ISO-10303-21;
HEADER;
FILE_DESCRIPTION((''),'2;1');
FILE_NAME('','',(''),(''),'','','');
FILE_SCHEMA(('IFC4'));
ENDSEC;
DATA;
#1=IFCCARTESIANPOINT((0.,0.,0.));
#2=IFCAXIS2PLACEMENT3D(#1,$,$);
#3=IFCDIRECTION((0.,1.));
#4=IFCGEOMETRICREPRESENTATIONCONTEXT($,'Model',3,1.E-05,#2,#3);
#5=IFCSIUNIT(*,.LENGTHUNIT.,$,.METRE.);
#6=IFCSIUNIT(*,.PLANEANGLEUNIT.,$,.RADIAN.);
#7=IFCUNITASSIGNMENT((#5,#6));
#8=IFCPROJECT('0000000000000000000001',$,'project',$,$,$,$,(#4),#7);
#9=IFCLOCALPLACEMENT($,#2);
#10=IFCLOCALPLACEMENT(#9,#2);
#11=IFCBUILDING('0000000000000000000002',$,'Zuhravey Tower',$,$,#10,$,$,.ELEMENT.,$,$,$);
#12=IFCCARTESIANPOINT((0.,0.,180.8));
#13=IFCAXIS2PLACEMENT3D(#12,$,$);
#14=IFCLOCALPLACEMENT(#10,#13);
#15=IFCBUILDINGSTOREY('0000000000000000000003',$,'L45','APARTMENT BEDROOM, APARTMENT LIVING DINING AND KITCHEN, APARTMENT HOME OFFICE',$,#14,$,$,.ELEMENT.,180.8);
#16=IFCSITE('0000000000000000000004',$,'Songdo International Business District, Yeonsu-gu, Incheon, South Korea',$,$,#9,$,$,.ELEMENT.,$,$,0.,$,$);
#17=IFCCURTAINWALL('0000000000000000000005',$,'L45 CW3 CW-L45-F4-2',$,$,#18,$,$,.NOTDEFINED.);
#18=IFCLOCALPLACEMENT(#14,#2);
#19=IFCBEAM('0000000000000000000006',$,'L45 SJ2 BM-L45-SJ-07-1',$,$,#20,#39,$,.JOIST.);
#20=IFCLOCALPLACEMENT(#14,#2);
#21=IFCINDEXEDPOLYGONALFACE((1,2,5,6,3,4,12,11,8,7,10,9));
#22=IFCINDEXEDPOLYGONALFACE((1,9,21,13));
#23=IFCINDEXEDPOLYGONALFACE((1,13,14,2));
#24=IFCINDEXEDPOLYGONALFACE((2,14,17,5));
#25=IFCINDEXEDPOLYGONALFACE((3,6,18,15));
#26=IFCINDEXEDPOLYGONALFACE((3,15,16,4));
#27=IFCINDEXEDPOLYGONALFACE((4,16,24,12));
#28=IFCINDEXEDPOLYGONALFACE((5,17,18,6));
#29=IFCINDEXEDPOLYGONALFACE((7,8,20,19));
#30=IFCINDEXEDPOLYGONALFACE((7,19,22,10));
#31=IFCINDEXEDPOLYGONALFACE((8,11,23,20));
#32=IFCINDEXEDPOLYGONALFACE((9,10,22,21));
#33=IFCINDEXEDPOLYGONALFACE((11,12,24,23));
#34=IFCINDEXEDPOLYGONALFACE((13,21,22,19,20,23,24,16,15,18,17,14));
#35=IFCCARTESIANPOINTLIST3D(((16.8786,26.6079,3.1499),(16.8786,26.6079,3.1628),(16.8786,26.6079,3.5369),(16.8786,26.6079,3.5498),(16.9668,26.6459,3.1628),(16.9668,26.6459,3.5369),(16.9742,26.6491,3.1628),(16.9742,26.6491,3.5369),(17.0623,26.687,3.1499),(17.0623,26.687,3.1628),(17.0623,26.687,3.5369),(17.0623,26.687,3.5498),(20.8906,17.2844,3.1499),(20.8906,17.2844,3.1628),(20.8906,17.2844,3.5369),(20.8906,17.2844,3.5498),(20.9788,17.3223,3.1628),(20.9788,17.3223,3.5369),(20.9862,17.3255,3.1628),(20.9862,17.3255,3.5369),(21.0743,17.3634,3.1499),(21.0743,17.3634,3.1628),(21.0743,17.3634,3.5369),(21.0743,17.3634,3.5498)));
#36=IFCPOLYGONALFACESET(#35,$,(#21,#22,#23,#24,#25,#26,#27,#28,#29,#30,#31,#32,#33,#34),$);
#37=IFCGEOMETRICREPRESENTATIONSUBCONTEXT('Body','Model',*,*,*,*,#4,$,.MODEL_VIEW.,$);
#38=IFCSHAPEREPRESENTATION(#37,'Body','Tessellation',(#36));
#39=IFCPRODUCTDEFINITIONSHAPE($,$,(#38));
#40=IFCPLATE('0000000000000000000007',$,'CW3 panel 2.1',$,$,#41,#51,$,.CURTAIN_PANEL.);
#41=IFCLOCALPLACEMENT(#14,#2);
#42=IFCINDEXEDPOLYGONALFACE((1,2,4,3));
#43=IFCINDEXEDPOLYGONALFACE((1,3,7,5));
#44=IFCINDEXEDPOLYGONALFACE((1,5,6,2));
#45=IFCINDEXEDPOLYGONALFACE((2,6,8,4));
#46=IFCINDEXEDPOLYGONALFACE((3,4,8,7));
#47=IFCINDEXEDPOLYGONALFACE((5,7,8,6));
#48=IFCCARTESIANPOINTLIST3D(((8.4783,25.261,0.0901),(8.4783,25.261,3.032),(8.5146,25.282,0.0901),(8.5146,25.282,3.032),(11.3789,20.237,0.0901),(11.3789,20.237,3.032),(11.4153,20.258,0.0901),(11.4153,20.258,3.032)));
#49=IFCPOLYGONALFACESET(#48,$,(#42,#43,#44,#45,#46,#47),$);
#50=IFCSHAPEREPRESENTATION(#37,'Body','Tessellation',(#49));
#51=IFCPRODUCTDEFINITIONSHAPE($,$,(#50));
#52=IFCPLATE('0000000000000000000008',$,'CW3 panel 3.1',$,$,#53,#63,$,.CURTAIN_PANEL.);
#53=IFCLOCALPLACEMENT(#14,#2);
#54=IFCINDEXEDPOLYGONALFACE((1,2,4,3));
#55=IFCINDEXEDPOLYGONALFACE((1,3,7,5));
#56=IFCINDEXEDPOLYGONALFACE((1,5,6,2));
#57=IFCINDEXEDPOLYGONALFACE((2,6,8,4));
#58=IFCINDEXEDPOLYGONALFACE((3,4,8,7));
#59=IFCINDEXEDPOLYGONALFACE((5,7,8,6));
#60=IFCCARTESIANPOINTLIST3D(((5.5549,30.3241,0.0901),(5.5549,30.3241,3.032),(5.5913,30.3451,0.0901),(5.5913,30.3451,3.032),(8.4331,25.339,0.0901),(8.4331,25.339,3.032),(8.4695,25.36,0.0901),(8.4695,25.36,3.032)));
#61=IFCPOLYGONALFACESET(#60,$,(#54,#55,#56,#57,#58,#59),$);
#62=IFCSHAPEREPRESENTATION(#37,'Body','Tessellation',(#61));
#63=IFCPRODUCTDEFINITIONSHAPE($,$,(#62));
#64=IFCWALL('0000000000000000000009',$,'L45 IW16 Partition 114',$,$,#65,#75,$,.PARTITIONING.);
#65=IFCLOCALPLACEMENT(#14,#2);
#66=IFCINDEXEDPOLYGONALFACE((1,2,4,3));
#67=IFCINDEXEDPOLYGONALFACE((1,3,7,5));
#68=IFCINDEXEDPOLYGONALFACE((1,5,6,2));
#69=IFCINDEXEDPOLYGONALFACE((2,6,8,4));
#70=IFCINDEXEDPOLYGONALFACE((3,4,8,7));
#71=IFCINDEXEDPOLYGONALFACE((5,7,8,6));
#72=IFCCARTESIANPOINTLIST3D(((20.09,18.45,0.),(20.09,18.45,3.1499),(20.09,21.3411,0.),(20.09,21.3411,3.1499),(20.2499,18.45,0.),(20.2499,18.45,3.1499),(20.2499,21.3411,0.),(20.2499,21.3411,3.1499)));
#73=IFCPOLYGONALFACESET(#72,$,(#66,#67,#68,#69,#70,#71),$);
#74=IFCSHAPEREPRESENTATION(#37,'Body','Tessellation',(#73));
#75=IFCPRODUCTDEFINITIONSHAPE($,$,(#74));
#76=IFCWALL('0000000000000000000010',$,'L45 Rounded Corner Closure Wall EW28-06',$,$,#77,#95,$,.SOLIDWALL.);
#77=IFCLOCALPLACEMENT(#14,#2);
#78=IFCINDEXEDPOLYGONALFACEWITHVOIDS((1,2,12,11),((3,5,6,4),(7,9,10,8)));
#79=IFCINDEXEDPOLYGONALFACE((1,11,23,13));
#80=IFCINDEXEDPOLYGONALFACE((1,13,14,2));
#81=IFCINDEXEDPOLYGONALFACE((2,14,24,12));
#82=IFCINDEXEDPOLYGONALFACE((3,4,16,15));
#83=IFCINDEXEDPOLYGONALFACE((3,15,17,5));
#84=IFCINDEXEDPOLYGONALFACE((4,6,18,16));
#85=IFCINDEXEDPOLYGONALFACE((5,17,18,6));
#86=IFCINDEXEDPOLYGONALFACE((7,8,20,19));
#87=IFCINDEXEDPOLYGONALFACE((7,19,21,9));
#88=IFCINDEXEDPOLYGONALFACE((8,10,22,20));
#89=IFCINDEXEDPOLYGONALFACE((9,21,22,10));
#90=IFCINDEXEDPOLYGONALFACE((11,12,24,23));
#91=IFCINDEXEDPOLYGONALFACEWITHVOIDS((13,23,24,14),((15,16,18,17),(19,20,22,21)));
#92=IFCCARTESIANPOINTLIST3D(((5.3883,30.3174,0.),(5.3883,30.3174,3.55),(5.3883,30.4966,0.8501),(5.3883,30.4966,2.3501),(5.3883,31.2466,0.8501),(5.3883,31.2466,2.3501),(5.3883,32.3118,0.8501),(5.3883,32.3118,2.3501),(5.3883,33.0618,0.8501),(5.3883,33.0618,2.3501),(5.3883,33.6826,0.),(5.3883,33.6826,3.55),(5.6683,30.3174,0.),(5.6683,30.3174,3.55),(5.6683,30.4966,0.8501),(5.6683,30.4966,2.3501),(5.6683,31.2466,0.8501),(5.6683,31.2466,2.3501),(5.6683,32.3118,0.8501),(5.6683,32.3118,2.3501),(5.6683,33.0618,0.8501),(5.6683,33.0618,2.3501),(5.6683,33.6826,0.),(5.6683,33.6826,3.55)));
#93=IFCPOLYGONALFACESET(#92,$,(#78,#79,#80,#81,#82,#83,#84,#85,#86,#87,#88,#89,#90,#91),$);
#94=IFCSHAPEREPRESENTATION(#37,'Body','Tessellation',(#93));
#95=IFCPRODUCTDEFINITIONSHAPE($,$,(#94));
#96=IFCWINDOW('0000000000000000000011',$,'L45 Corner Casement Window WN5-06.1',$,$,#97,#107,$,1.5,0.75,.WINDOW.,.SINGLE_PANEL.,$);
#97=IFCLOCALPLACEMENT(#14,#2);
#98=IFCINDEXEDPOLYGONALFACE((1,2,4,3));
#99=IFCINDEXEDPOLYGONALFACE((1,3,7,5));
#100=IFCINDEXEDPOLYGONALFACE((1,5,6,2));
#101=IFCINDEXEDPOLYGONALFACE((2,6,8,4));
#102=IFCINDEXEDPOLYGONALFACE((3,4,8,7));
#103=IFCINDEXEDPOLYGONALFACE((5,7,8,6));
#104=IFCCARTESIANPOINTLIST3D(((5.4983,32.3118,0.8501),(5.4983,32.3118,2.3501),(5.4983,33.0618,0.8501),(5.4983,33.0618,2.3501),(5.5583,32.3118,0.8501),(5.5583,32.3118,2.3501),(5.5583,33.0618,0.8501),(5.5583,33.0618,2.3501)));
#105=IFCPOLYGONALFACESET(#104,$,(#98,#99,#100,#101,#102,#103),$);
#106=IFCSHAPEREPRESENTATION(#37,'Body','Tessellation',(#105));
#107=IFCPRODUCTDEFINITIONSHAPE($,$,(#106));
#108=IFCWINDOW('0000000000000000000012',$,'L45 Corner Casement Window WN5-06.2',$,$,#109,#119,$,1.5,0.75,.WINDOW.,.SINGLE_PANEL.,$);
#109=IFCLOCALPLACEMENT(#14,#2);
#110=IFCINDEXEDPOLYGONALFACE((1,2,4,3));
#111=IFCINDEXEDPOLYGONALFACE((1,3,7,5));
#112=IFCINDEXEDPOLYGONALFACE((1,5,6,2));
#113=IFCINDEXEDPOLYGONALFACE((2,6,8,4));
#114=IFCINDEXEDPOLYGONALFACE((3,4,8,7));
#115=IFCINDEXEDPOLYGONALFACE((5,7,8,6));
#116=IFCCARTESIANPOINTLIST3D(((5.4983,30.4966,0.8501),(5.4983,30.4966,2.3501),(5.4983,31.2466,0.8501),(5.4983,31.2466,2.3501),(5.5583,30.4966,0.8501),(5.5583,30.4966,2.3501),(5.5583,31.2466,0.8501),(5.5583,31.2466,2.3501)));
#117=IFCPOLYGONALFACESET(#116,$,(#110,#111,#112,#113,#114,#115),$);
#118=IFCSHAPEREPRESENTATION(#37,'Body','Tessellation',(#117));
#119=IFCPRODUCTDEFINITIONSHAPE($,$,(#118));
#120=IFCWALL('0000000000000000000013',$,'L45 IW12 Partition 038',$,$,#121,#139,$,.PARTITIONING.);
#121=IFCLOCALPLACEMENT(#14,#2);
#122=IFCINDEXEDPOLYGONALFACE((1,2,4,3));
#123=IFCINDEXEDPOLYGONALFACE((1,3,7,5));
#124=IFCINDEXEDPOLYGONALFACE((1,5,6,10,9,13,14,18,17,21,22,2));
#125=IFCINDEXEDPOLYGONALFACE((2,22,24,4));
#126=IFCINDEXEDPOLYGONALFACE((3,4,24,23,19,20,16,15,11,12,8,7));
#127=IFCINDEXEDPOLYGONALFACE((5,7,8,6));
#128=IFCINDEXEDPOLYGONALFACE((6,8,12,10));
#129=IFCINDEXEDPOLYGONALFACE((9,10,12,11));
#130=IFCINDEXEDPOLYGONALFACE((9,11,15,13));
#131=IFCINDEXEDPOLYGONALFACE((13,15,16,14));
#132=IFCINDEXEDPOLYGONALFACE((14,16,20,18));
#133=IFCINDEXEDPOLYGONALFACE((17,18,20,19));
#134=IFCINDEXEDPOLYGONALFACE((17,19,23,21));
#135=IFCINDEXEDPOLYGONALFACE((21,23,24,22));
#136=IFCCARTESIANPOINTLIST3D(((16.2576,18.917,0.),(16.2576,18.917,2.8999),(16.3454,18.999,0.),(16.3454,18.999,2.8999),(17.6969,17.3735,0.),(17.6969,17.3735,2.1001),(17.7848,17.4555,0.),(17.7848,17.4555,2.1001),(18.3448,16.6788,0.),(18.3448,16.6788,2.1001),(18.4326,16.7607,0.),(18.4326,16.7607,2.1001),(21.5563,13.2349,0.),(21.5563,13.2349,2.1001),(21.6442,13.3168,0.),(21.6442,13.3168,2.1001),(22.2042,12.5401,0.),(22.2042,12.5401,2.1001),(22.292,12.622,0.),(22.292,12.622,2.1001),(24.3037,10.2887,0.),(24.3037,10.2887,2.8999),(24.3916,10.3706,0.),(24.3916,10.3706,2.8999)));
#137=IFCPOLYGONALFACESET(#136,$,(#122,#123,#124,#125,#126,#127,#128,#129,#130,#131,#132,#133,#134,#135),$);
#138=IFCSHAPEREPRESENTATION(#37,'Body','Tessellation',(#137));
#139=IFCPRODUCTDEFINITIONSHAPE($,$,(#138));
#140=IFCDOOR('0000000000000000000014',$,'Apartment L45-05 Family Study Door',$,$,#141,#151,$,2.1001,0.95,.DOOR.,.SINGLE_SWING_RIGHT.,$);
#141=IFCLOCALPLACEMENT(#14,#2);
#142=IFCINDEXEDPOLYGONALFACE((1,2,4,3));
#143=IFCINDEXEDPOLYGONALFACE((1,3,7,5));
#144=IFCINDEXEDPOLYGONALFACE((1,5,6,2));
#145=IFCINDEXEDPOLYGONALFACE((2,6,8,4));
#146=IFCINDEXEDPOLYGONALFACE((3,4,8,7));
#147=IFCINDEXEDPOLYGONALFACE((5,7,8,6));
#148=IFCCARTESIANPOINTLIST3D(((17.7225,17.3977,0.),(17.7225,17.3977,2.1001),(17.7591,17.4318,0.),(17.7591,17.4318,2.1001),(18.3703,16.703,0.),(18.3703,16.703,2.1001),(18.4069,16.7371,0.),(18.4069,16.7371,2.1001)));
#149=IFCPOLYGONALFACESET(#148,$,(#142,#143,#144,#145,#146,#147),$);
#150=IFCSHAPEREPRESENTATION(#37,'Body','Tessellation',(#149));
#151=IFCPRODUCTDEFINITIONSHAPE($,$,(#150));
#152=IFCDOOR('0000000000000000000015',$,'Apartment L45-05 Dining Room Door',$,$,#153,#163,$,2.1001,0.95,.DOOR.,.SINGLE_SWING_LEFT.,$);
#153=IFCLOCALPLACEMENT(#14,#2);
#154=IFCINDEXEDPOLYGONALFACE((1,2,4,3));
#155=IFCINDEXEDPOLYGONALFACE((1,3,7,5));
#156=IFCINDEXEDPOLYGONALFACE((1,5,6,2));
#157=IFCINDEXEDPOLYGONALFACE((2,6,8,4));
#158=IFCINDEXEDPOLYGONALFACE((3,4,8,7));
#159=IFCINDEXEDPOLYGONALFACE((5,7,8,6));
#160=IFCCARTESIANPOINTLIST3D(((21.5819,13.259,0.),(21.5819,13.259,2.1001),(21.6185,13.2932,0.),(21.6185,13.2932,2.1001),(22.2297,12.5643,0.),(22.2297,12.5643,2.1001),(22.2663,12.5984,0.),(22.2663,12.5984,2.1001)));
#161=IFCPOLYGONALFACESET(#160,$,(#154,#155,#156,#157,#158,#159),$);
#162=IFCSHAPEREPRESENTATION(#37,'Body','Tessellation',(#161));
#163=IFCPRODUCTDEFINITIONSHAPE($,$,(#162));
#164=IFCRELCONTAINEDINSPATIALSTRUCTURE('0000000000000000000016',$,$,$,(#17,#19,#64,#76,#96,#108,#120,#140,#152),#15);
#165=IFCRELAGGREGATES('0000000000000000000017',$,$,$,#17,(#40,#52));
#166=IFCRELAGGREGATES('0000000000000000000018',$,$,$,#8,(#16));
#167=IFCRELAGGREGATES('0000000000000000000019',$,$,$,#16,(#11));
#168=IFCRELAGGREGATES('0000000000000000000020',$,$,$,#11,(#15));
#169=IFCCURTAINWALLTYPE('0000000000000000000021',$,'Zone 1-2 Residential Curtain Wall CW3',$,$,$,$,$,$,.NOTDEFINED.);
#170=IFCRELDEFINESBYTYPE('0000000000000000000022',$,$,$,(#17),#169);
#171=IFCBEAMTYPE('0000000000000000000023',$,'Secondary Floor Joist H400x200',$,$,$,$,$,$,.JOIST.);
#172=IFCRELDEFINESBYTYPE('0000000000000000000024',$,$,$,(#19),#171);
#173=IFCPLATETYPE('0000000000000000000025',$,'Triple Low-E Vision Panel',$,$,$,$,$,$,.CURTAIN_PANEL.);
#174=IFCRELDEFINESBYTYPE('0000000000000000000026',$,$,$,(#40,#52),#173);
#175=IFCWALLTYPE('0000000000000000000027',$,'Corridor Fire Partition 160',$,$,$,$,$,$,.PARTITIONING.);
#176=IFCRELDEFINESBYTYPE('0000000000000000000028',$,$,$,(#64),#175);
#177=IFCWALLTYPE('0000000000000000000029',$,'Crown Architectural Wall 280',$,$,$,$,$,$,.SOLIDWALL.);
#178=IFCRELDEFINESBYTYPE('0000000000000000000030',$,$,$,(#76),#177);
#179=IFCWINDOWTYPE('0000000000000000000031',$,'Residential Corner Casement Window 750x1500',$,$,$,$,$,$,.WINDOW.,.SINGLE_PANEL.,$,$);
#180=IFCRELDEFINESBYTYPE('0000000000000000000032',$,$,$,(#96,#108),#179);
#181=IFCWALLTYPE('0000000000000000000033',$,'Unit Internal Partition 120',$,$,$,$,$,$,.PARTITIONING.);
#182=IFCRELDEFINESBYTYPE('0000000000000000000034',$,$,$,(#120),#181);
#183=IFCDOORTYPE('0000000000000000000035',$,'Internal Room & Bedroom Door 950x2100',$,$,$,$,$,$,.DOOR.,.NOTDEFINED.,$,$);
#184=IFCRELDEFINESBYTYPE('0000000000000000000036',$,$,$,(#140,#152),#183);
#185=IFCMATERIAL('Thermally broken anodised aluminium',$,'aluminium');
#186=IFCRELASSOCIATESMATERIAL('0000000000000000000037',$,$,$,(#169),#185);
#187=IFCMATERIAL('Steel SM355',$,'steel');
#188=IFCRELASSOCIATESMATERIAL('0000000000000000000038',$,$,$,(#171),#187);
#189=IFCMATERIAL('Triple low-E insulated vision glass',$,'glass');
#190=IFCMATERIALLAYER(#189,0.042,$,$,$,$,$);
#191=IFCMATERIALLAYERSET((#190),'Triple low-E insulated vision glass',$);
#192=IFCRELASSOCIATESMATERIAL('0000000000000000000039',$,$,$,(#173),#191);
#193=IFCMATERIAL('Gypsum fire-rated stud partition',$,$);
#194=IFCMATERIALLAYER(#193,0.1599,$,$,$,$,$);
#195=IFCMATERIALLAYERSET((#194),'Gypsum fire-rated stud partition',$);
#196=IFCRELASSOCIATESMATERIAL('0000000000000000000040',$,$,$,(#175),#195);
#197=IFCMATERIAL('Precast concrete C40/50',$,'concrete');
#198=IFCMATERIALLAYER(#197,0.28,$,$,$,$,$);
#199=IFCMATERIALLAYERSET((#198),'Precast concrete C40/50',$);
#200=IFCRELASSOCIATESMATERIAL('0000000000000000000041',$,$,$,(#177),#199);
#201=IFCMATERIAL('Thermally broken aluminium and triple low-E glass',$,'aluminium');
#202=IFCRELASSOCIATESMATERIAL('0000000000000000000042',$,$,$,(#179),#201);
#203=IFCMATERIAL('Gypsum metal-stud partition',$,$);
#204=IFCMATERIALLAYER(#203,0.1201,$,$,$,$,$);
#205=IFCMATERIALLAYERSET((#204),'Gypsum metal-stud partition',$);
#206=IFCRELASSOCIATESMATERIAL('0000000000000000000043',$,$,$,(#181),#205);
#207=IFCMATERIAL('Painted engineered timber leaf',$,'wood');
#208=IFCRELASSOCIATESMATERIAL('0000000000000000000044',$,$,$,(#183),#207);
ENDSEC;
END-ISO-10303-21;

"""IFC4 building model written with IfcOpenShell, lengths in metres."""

from ifc_helpers import new_model, si_unit, direction, frame, frame_2d, origin, origin_2d, place, context, subcontext, project, spatial, rectangle, i_section, extrude, material, layer, layer_set, material_profile, profile_set, type_object, element, fill, aggregate, save


model = new_model("IFC4")

# Units and contexts
model_context = context("Model", 3, precision=1e-05, world=origin(), true_north=direction((0.0, 1.0)))
body_context = subcontext(model_context, "Body", "Model", "MODEL_VIEW")
ifc_project = project(units=[si_unit("LENGTHUNIT", "METRE"), si_unit("PLANEANGLEUNIT", "RADIAN")], contexts=[model_context])

# Site, building, storey
site_placement = place(None, origin())
site = spatial("IfcSite", under=ifc_project, at=site_placement, Name="Songdo International Business District, Yeonsu-gu, Incheon, South Korea", CompositionType="ELEMENT", RefElevation=0.0)
building_placement = place(site_placement, origin())
building = spatial("IfcBuilding", under=site, at=building_placement, Name="Zuhravey Tower", CompositionType="ELEMENT")
storey_placement = place(building_placement, frame((0.0, 0.0, 180.8)))
storey = spatial("IfcBuildingStorey", under=building, at=storey_placement, Name="L45", Description="APARTMENT BEDROOM, APARTMENT LIVING DINING AND KITCHEN, APARTMENT HOME OFFICE", CompositionType="ELEMENT", Elevation=180.8)

# Curtain wall
ifc_material_1 = material(Name="Thermally broken anodised aluminium", Category="aluminium")
curtain_wall_type = type_object("IfcCurtainWallType", Name="Zone 1-2 Residential Curtain Wall CW3", PredefinedType="NOTDEFINED", material=ifc_material_1)
curtain_wall_placement = place(storey_placement, origin())
curtain_wall = element("IfcCurtainWall", 1, at=curtain_wall_placement, inside=storey, type_object=curtain_wall_type, Name="L45 CW3 CW-L45-F4-2", PredefinedType="NOTDEFINED")

# Beam
ifc_material_2 = material(Name="Steel SM355", Category="steel")
ifc_material_profile_1 = material_profile(ifc_material_2, i_section(OverallWidth=0.2, OverallDepth=0.3999, WebThickness=0.0081, FlangeThickness=0.0129, at=origin_2d()), Name="H-400x200x8x13")
ifc_profile_set_1 = profile_set([ifc_material_profile_1], Name="Steel SM355")
beam_type_1 = type_object("IfcBeamType", Name="Secondary Floor Joist H400x200", PredefinedType="JOIST", material=ifc_profile_set_1)
beam_1_placement = place(storey_placement, frame((16.9705, 26.6475, 3.3499), z_axis=(0.395266, -0.918567, 0.0), x_axis=(0.918567, 0.395266, 0.0)))
element("IfcBeam", 2, at=beam_1_placement, inside=storey, type_object=beam_type_1, Name="L45 SJ2 BM-L45-SJ-07-1", PredefinedType="JOIST", context=body_context, shape_type="SweptSolid", body=[
    extrude(i_section(OverallWidth=0.2, OverallDepth=0.3999, WebThickness=0.0081, FlangeThickness=0.0129, at=origin_2d()), origin(), (0.0, 0.0, 1.0), 10.1501),
])

# Plates
ifc_material_3 = material(Name="Triple low-E insulated vision glass", Category="glass")
ifc_layer_1 = layer(ifc_material_3, 0.042)
ifc_layer_set_1 = layer_set([ifc_layer_1], Name="Triple low-E insulated vision glass")
plate_type = type_object("IfcPlateType", Name="Triple Low-E Vision Panel", PredefinedType="CURTAIN_PANEL", material=ifc_layer_set_1)
plate_1_placement = place(storey_placement, frame((9.9468, 22.7595, 0.0901), z_axis=(0.0, 0.0, 1.0), x_axis=(-0.500001, 0.866025, 0.0)))
plate_1 = element("IfcPlate", 3, at=plate_1_placement, type_object=plate_type, Name="CW3 panel 2.1", PredefinedType="CURTAIN_PANEL", context=body_context, shape_type="SweptSolid", body=[
    extrude(rectangle(XDim=5.8013, YDim=0.042, at=origin_2d()), origin(), (0.0, 0.0, 1.0), 2.9419),
])
plate_2_placement = place(storey_placement, frame((7.0122, 27.842, 0.0901), z_axis=(0.0, 0.0, 1.0), x_axis=(-0.500001, 0.866025, 0.0)))
plate_2 = element("IfcPlate", 4, at=plate_2_placement, type_object=plate_type, Name="CW3 panel 3.1", PredefinedType="CURTAIN_PANEL", context=body_context, shape_type="SweptSolid", body=[
    extrude(rectangle(XDim=5.7563, YDim=0.042, at=origin_2d()), origin(), (0.0, 0.0, 1.0), 2.9419),
])
aggregate(curtain_wall, [plate_1, plate_2])

# Wall
ifc_material_4 = material(Name="Gypsum fire-rated stud partition")
ifc_layer_2 = layer(ifc_material_4, 0.1599)
ifc_layer_set_2 = layer_set([ifc_layer_2], Name="Gypsum fire-rated stud partition")
wall_type_1 = type_object("IfcWallType", Name="Corridor Fire Partition 160", PredefinedType="PARTITIONING", material=ifc_layer_set_2)
wall_1_placement = place(storey_placement, frame((20.1699, 21.3411, 0.0), z_axis=(0.0, 0.0, 1.0), x_axis=(0.0, -1.0, 0.0)))
element("IfcWall", 5, at=wall_1_placement, inside=storey, type_object=wall_type_1, Name="L45 IW16 Partition 114", PredefinedType="PARTITIONING", context=body_context, shape_type="SweptSolid", body=[
    extrude(rectangle(XDim=2.8911, YDim=0.1599, at=frame_2d((1.4456, 0.0))), origin(), (0.0, 0.0, 1.0), 3.1499),
])

# Wall, openings, windows
ifc_material_5 = material(Name="Precast concrete C40/50", Category="concrete")
ifc_layer_3 = layer(ifc_material_5, 0.28)
ifc_layer_set_3 = layer_set([ifc_layer_3], Name="Precast concrete C40/50")
wall_type_2 = type_object("IfcWallType", Name="Crown Architectural Wall 280", PredefinedType="SOLIDWALL", material=ifc_layer_set_3)
wall_2_placement = place(storey_placement, frame((5.5283, 30.3174, 0.0), z_axis=(0.0, 0.0, 1.0), x_axis=(0.0, 1.0, 0.0)))
wall_2 = element("IfcWall", 6, at=wall_2_placement, inside=storey, type_object=wall_type_2, Name="L45 Rounded Corner Closure Wall EW28-06", PredefinedType="SOLIDWALL", context=body_context, shape_type="SweptSolid", body=[
    extrude(rectangle(XDim=3.3652, YDim=0.28, at=frame_2d((1.6826, 0.0))), origin(), (0.0, 0.0, 1.0), 3.55),
])
opening_1_placement = place(wall_2_placement, frame((1.9944, 0.0, 0.8501)))
opening_1 = element("IfcOpeningElement", 7, at=opening_1_placement, cuts=wall_2, PredefinedType="OPENING", context=body_context, shape_type="SweptSolid", body=[
    extrude(rectangle(XDim=0.75, YDim=1.5, at=frame_2d((0.375, 0.75))), frame((0.0, 0.1521, 0.0), z_axis=(0.0, -1.0, 0.0), x_axis=(1.0, 0.0, 0.0)), (0.0, 0.0, 1.0), 0.304),
])
opening_2_placement = place(wall_2_placement, frame((0.1792, 0.0, 0.8501)))
opening_2 = element("IfcOpeningElement", 8, at=opening_2_placement, cuts=wall_2, PredefinedType="OPENING", context=body_context, shape_type="SweptSolid", body=[
    extrude(rectangle(XDim=0.75, YDim=1.5, at=frame_2d((0.375, 0.75))), frame((0.0, 0.1521, 0.0), z_axis=(0.0, -1.0, 0.0), x_axis=(1.0, 0.0, 0.0)), (0.0, 0.0, 1.0), 0.304),
])
ifc_material_6 = material(Name="Thermally broken aluminium and triple low-E glass", Category="aluminium")
window_type = type_object("IfcWindowType", Name="Residential Corner Casement Window 750x1500", PartitioningType="SINGLE_PANEL", PredefinedType="WINDOW", material=ifc_material_6)
window_1_placement = place(opening_1_placement, origin())
window_1 = element("IfcWindow", 9, at=window_1_placement, inside=storey, type_object=window_type, Name="L45 Corner Casement Window WN5-06.1", OverallHeight=1.5, OverallWidth=0.75, PartitioningType="SINGLE_PANEL", PredefinedType="WINDOW", context=body_context, shape_type="SweptSolid", body=[
    extrude(rectangle(XDim=0.75, YDim=1.5, at=frame_2d((0.375, 0.75))), frame((0.0, 0.03, 0.0), z_axis=(0.0, -1.0, 0.0), x_axis=(1.0, 0.0, 0.0)), (0.0, 0.0, 1.0), 0.0601),
])
fill(opening_1, window_1)
window_2_placement = place(opening_2_placement, origin())
window_2 = element("IfcWindow", 10, at=window_2_placement, inside=storey, type_object=window_type, Name="L45 Corner Casement Window WN5-06.2", OverallHeight=1.5, OverallWidth=0.75, PartitioningType="SINGLE_PANEL", PredefinedType="WINDOW", context=body_context, shape_type="SweptSolid", body=[
    extrude(rectangle(XDim=0.75, YDim=1.5, at=frame_2d((0.375, 0.75))), frame((0.0, 0.03, 0.0), z_axis=(0.0, -1.0, 0.0), x_axis=(1.0, 0.0, 0.0)), (0.0, 0.0, 1.0), 0.0601),
])
fill(opening_2, window_2)

# Wall, openings, doors
ifc_material_7 = material(Name="Gypsum metal-stud partition")
ifc_layer_4 = layer(ifc_material_7, 0.1201)
ifc_layer_set_4 = layer_set([ifc_layer_4], Name="Gypsum metal-stud partition")
wall_type_3 = type_object("IfcWallType", Name="Unit Internal Partition 120", PredefinedType="PARTITIONING", material=ifc_layer_set_4)
wall_3_placement = place(storey_placement, frame((16.3015, 18.958, 0.0), z_axis=(0.0, 0.0, 1.0), x_axis=(0.681999, -0.731353, 0.0)))
wall_3 = element("IfcWall", 11, at=wall_3_placement, inside=storey, type_object=wall_type_3, Name="L45 IW12 Partition 038", PredefinedType="PARTITIONING", context=body_context, shape_type="SweptSolid", body=[
    extrude(rectangle(XDim=11.7979, YDim=0.1201, at=frame_2d((5.8989, 0.0))), origin(), (0.0, 0.0, 1.0), 2.8999),
])
opening_3_placement = place(wall_3_placement, frame((2.1104, 0.0, 0.0)))
opening_3 = element("IfcOpeningElement", 12, at=opening_3_placement, cuts=wall_3, PredefinedType="OPENING", context=body_context, shape_type="SweptSolid", body=[
    extrude(rectangle(XDim=0.95, YDim=2.1001, at=frame_2d((0.4751, 1.05))), frame((0.0, 0.072, 0.0), z_axis=(0.0, -1.0, 0.0), x_axis=(1.0, 0.0, 0.0)), (0.0, 0.0, 1.0), 0.144),
])
opening_4_placement = place(wall_3_placement, frame((7.7693, 0.0, 0.0)))
opening_4 = element("IfcOpeningElement", 13, at=opening_4_placement, cuts=wall_3, PredefinedType="OPENING", context=body_context, shape_type="SweptSolid", body=[
    extrude(rectangle(XDim=0.95, YDim=2.1001, at=frame_2d((0.4751, 1.05))), frame((0.0, 0.072, 0.0), z_axis=(0.0, -1.0, 0.0), x_axis=(1.0, 0.0, 0.0)), (0.0, 0.0, 1.0), 0.144),
])
ifc_material_8 = material(Name="Painted engineered timber leaf", Category="wood")
door_type_1 = type_object("IfcDoorType", Name="Internal Room & Bedroom Door 950x2100", OperationType="NOTDEFINED", PredefinedType="DOOR", material=ifc_material_8)
door_1_placement = place(opening_3_placement, frame((0.95, 0.0, 0.0), z_axis=(0.0, 0.0, 1.0), x_axis=(-1.0, 0.0, 0.0)))
door_1 = element("IfcDoor", 14, at=door_1_placement, inside=storey, type_object=door_type_1, Name="Apartment L45-05 Family Study Door", OperationType="SINGLE_SWING_RIGHT", OverallHeight=2.1001, OverallWidth=0.95, PredefinedType="DOOR", context=body_context, shape_type="SweptSolid", body=[
    extrude(rectangle(XDim=0.95, YDim=2.1001, at=frame_2d((0.4751, 1.05))), frame((0.0, 0.0249, 0.0), z_axis=(0.0, -1.0, 0.0), x_axis=(1.0, 0.0, 0.0)), (0.0, 0.0, 1.0), 0.05),
])
fill(opening_3, door_1)
door_2_placement = place(opening_4_placement, frame((0.95, 0.0, 0.0), z_axis=(0.0, 0.0, 1.0), x_axis=(-1.0, 0.0, 0.0)))
door_2 = element("IfcDoor", 15, at=door_2_placement, inside=storey, type_object=door_type_1, Name="Apartment L45-05 Dining Room Door", OperationType="SINGLE_SWING_LEFT", OverallHeight=2.1001, OverallWidth=0.95, PredefinedType="DOOR", context=body_context, shape_type="SweptSolid", body=[
    extrude(rectangle(XDim=0.95, YDim=2.1001, at=frame_2d((0.4751, 1.05))), frame((0.0, 0.0249, 0.0), z_axis=(0.0, -1.0, 0.0), x_axis=(1.0, 0.0, 0.0)), (0.0, 0.0, 1.0), 0.05),
])
fill(opening_4, door_2)

save(model, "model.ifc")
